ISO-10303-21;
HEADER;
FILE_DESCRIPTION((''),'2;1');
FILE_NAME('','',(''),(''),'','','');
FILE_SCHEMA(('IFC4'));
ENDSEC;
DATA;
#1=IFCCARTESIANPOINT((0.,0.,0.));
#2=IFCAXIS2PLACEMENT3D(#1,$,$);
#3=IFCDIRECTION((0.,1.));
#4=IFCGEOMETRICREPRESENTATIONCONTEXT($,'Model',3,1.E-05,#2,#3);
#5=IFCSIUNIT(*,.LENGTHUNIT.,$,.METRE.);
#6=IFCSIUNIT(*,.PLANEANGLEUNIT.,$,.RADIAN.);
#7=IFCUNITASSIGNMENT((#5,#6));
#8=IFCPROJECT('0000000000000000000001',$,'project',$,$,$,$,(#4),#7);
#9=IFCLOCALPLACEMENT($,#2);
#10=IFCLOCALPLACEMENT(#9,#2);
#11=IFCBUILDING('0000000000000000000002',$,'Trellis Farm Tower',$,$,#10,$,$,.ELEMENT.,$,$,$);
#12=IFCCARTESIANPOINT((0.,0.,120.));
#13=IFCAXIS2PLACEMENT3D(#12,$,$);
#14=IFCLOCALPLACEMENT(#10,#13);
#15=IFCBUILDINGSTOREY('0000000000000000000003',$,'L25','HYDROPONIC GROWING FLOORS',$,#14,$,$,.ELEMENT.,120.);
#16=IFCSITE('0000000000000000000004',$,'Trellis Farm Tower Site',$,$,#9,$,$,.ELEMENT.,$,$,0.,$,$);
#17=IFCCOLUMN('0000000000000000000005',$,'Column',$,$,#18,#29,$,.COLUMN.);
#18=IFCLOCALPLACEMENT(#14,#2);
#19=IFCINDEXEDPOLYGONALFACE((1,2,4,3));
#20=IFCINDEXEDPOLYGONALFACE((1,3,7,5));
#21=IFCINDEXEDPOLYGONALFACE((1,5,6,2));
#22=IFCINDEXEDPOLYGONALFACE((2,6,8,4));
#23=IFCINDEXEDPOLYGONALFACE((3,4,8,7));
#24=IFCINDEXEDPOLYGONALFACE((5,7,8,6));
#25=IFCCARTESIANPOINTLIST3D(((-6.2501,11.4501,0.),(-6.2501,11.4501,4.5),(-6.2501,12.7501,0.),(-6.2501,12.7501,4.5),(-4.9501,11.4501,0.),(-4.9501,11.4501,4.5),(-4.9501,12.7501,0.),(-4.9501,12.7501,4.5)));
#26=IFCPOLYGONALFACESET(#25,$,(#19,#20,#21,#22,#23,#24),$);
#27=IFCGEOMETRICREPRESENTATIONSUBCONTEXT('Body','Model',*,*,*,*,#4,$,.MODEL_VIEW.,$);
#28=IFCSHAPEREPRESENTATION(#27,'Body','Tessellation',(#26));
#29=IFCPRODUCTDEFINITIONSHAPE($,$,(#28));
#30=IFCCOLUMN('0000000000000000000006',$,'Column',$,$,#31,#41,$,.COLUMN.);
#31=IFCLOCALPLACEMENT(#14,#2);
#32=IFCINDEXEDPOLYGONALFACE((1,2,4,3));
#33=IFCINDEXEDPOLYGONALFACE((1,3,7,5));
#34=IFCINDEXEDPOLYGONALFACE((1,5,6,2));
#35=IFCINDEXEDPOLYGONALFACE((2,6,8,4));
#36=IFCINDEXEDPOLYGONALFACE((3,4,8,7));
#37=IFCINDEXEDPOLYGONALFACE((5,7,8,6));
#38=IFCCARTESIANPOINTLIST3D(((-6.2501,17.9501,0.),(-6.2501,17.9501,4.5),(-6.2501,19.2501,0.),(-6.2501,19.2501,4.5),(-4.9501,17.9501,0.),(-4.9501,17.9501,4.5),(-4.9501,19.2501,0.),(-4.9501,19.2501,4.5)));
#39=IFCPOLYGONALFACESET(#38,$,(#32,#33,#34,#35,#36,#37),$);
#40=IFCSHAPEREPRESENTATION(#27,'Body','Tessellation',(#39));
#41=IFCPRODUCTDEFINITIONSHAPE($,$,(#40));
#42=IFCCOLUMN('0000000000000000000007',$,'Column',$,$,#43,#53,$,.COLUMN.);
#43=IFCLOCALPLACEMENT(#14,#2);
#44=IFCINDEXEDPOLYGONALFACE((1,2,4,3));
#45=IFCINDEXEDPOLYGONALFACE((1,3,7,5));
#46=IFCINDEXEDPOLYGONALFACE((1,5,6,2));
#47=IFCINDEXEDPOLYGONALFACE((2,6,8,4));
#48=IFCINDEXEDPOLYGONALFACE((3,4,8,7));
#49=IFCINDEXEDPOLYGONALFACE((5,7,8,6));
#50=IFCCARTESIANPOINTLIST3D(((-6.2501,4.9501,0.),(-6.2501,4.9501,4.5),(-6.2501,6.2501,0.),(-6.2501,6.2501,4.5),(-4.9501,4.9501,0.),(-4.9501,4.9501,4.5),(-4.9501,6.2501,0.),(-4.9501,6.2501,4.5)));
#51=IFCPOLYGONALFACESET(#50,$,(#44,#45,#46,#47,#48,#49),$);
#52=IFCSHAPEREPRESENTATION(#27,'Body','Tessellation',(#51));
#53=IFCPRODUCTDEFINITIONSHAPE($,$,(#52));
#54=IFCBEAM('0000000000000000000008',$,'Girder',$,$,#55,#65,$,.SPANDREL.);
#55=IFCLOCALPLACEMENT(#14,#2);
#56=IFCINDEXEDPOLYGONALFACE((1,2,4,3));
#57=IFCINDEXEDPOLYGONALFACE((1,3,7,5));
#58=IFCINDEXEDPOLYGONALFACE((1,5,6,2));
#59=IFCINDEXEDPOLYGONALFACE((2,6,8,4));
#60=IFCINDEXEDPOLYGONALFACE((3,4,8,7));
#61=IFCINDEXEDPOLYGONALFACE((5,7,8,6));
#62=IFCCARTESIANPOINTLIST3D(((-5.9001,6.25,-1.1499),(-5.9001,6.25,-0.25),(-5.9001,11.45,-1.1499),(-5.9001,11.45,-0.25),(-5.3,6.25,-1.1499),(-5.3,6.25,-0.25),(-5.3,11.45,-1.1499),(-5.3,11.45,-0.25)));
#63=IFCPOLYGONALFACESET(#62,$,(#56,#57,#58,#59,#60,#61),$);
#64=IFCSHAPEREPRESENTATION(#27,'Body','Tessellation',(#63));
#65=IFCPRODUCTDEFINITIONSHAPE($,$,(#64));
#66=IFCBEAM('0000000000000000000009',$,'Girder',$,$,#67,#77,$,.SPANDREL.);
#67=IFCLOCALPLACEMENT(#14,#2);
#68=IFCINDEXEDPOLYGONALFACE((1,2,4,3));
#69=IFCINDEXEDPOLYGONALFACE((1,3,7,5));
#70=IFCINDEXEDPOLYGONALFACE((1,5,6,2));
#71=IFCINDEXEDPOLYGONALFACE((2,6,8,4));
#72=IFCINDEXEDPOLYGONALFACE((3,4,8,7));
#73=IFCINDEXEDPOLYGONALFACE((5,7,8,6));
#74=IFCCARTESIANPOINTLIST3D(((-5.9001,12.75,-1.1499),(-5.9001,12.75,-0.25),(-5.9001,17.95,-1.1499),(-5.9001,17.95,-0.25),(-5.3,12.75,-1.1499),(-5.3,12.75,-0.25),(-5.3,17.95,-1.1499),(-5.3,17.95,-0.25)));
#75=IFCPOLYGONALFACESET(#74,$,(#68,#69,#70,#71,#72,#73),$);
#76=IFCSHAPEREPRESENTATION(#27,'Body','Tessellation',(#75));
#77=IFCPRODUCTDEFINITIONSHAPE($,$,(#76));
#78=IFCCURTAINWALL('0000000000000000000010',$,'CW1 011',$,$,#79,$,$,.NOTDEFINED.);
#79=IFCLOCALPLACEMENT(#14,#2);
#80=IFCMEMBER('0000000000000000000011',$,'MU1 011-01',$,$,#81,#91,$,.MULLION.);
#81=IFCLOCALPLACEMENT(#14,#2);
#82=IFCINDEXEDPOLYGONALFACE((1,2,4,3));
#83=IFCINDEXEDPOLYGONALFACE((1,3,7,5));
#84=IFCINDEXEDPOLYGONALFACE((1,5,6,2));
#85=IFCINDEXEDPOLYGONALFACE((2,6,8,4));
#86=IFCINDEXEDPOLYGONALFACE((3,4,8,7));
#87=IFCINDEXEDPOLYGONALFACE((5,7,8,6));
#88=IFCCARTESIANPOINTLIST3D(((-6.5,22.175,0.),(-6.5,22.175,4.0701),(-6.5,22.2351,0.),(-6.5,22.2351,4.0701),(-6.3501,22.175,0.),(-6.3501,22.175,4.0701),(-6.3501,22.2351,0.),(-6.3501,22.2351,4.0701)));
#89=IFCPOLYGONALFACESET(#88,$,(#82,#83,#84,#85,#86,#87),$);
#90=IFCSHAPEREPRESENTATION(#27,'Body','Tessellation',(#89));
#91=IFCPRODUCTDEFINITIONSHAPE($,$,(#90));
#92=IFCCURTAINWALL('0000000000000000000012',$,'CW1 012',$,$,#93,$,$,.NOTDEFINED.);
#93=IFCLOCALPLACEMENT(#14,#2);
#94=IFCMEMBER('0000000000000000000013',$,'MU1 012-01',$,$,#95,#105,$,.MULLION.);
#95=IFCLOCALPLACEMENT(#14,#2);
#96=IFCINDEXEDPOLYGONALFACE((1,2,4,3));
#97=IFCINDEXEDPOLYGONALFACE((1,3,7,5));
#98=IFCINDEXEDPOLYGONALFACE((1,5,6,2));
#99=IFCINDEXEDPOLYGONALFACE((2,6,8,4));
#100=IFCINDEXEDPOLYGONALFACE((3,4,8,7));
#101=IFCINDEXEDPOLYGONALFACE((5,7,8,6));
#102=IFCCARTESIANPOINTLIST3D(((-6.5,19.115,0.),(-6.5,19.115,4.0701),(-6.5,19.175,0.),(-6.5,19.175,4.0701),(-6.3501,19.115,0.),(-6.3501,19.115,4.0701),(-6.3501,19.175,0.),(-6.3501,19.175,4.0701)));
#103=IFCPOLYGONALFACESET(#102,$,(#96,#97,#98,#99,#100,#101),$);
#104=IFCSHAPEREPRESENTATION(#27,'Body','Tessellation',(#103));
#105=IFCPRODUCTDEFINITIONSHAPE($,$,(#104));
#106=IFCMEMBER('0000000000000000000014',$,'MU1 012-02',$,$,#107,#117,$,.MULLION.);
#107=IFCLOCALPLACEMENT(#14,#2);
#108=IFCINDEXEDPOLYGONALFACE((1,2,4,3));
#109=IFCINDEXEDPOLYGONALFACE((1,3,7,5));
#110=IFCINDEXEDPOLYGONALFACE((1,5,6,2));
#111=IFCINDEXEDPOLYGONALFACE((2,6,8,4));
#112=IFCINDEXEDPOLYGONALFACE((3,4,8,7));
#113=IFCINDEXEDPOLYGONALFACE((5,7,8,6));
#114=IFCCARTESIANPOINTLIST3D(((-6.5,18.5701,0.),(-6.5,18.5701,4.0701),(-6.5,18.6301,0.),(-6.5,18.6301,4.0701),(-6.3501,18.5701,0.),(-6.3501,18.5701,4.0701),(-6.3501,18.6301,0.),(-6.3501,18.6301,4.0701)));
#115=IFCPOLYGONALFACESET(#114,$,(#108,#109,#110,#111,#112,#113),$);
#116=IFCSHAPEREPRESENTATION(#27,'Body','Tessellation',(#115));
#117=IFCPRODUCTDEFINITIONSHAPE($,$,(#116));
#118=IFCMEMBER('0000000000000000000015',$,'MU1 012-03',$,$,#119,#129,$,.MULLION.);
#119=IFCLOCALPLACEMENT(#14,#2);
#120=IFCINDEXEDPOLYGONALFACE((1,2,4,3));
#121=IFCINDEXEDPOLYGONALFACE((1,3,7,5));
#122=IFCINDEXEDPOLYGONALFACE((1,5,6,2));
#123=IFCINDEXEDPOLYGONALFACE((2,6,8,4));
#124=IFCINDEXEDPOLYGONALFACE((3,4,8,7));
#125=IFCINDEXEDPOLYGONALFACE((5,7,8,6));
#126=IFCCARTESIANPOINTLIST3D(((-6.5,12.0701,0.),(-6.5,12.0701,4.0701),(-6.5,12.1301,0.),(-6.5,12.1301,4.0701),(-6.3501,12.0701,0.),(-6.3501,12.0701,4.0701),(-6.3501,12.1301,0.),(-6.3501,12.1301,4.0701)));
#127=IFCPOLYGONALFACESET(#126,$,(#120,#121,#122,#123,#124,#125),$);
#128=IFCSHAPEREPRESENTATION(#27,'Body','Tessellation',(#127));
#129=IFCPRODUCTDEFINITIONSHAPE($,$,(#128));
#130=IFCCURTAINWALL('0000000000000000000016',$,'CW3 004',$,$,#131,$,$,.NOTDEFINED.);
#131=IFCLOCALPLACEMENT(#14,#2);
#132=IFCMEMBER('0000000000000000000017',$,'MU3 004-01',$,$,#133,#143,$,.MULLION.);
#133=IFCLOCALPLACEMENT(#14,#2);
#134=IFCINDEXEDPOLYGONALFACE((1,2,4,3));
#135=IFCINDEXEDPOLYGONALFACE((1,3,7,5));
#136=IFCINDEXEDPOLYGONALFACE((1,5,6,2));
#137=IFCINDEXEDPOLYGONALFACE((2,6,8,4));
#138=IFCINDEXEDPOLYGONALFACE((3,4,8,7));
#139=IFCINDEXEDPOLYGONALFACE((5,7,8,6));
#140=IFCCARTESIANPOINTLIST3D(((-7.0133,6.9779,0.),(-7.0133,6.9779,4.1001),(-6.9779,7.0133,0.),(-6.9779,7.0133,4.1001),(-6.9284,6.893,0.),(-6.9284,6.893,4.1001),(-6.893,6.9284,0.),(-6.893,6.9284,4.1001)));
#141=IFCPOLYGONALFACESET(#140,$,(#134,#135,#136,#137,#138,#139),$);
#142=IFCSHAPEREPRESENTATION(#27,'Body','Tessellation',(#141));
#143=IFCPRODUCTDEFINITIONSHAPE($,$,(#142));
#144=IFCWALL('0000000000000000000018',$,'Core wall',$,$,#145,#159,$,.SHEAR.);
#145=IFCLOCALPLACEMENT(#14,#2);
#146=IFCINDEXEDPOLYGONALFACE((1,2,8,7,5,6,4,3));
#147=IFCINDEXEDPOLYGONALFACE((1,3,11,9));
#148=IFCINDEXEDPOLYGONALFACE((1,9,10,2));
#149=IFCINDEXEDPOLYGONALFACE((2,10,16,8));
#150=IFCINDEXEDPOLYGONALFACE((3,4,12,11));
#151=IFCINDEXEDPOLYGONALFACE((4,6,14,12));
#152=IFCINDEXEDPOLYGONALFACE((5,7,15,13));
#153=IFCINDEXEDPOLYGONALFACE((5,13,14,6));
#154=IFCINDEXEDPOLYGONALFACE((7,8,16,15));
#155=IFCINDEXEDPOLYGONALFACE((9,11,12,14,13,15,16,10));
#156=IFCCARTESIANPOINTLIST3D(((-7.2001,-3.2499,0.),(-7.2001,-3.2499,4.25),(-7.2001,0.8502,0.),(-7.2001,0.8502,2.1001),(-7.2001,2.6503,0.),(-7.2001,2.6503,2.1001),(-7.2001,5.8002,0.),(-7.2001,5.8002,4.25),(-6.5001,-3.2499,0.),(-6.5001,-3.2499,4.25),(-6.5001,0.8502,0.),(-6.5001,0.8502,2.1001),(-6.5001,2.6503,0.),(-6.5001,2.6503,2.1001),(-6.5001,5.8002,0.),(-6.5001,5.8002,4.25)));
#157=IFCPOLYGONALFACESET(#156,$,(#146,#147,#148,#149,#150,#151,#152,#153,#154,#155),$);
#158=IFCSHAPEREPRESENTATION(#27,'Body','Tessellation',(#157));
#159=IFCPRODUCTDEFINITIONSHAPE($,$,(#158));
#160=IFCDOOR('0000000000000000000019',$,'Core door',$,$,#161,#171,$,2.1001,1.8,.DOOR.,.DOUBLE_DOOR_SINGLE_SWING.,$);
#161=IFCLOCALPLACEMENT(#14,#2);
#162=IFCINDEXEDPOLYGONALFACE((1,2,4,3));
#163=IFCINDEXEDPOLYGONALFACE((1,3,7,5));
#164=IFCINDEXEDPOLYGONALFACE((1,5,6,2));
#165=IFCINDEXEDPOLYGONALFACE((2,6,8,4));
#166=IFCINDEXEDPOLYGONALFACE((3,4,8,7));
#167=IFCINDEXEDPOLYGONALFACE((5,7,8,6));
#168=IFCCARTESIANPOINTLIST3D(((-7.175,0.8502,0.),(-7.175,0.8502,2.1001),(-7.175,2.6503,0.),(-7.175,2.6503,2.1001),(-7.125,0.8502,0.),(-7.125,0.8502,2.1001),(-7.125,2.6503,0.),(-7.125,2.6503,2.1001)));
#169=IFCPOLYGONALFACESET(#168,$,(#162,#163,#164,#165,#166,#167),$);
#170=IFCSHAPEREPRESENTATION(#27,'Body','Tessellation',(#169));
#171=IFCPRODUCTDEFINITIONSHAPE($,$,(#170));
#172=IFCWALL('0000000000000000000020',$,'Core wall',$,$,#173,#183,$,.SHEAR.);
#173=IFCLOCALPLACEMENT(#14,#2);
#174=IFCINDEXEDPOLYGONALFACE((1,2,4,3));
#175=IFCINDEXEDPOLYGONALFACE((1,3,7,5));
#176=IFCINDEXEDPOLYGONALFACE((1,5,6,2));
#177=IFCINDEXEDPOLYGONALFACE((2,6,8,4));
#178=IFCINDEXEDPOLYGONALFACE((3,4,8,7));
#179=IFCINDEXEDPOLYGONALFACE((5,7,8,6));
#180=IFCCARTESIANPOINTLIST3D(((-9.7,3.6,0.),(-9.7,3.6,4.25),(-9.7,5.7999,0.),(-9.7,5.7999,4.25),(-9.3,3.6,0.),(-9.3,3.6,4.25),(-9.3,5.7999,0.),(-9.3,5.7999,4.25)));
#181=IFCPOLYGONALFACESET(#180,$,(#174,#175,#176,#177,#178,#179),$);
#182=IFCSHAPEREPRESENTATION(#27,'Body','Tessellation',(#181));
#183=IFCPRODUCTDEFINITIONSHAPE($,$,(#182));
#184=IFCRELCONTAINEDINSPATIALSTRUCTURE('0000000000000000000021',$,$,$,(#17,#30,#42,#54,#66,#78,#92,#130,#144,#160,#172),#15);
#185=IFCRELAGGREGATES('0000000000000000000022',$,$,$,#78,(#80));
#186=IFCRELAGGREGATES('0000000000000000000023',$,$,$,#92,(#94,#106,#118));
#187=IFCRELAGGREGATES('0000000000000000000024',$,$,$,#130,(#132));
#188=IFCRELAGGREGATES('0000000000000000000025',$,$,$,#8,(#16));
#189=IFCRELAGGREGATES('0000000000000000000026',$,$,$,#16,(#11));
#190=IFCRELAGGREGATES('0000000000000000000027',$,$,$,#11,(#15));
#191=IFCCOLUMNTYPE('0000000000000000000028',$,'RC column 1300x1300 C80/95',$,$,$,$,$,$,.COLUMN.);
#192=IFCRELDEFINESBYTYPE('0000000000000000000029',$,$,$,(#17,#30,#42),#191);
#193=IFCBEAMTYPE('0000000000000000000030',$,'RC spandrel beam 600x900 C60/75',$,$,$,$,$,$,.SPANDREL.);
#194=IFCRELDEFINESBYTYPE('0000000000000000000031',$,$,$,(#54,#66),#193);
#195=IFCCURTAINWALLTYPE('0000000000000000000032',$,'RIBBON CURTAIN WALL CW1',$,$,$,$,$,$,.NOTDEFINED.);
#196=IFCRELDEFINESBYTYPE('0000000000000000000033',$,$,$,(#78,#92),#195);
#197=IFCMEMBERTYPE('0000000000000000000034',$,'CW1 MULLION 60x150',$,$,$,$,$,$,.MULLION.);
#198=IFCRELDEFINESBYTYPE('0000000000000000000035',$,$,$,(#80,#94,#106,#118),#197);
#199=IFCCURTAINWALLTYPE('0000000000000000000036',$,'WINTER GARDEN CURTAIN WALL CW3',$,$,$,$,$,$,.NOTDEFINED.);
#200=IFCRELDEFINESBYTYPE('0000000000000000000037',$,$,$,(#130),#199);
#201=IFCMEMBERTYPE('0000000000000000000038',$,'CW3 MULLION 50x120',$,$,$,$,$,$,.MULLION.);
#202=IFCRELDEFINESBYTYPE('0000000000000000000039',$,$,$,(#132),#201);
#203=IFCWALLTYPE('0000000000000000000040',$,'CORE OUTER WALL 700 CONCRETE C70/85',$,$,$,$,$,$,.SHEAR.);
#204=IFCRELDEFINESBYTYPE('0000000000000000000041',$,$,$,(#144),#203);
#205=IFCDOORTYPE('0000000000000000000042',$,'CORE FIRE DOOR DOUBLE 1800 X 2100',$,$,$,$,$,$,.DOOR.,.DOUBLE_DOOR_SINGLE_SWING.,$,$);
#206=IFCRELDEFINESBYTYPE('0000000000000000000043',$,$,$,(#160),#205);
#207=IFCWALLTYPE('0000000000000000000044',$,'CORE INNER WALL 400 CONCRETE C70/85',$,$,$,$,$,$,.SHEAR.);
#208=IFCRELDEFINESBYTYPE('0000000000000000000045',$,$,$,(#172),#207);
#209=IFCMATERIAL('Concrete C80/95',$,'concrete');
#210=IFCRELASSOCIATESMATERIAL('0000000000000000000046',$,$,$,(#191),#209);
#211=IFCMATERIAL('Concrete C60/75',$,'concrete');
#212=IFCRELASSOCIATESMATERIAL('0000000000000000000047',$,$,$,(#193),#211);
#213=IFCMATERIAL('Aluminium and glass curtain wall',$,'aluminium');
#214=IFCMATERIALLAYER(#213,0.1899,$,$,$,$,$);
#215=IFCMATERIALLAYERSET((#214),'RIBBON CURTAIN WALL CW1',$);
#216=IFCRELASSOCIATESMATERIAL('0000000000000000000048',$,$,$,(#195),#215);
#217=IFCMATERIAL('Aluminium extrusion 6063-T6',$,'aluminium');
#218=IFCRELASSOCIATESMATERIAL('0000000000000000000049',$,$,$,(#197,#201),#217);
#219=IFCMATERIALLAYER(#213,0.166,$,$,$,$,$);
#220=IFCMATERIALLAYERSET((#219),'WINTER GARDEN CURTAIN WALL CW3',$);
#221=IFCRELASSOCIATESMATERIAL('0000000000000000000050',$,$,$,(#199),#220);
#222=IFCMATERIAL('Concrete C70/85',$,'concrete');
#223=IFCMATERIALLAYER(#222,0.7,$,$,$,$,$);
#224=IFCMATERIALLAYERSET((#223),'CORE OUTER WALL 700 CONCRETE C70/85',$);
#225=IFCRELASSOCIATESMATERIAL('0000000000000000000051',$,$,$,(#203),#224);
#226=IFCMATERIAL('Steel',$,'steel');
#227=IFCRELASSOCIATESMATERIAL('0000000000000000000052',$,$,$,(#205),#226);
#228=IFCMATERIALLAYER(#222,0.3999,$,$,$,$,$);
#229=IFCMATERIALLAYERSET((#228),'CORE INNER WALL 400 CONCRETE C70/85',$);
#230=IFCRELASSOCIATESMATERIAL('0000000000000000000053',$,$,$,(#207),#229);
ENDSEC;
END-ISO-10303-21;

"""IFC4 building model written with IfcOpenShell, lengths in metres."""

from ifc_helpers import new_model, si_unit, direction, frame, frame_2d, origin, origin_2d, place, context, subcontext, project, spatial, rectangle, extrude, source, transform, mapped, material, layer, layer_set, material_profile, profile_set, type_object, element, fill, aggregate, save


model = new_model("IFC4")

# Units and contexts
model_context = context("Model", 3, precision=1e-05, world=origin(), true_north=direction((0.0, 1.0)))
body_context = subcontext(model_context, "Body", "Model", "MODEL_VIEW")
ifc_project = project(units=[si_unit("LENGTHUNIT", "METRE"), si_unit("PLANEANGLEUNIT", "RADIAN")], contexts=[model_context])

# Site, building, storey
site_placement = place(None, origin())
site = spatial("IfcSite", under=ifc_project, at=site_placement, Name="Trellis Farm Tower Site", CompositionType="ELEMENT", RefElevation=0.0)
building_placement = place(site_placement, origin())
building = spatial("IfcBuilding", under=site, at=building_placement, Name="Trellis Farm Tower", CompositionType="ELEMENT")
storey_placement = place(building_placement, frame((0.0, 0.0, 120.0)))
storey = spatial("IfcBuildingStorey", under=building, at=storey_placement, Name="L25", Description="HYDROPONIC GROWING FLOORS", CompositionType="ELEMENT", Elevation=120.0)

# Columns
ifc_material_1 = material(Name="Concrete C80/95", Category="concrete")
ifc_material_profile_1 = material_profile(ifc_material_1, rectangle(XDim=1.3, YDim=1.3, at=origin_2d()), Name="RC column 1300x1300 C80/95")
ifc_profile_set_1 = profile_set([ifc_material_profile_1], Name="Concrete C80/95")
column_type = type_object("IfcColumnType", Name="RC column 1300x1300 C80/95", PredefinedType="COLUMN", material=ifc_profile_set_1)
shared_shape_1 = source(origin(), body_context, "Body", "SweptSolid", [
    extrude(rectangle(XDim=1.3, YDim=1.3, at=origin_2d()), origin(), (0.0, 0.0, 1.0), 4.5),
])
for number, where, z_axis, x_axis, name in (
    (1, (-5.6001, 12.1001, 0.0), (0.0, 0.0, 1.0), (1.0, 0.0, 0.0), "Column"),
    (2, (-5.6001, 18.6001, 0.0), (0.0, 0.0, 1.0), (1.0, 0.0, 0.0), "Column"),
    (3, (-5.6001, 5.6001, 0.0), (0.0, 0.0, 1.0), (1.0, 0.0, 0.0), "Column"),
):
    element("IfcColumn", number, at=place(storey_placement, frame(where, z_axis=z_axis, x_axis=x_axis)), inside=storey, type_object=column_type, Name=name, PredefinedType="COLUMN", context=body_context, shape_type="MappedRepresentation", body=[
        mapped(shared_shape_1, transform((0.0, 0.0, 0.0))),
    ])

# Beams
ifc_material_2 = material(Name="Concrete C60/75", Category="concrete")
ifc_material_profile_2 = material_profile(ifc_material_2, rectangle(XDim=0.6001, YDim=0.8999, at=origin_2d()), Name="RC spandrel beam 600x900 C60/75")
ifc_profile_set_2 = profile_set([ifc_material_profile_2], Name="Concrete C60/75")
beam_type = type_object("IfcBeamType", Name="RC spandrel beam 600x900 C60/75", PredefinedType="SPANDREL", material=ifc_profile_set_2)
shared_shape_2 = source(origin(), body_context, "Body", "SweptSolid", [
    extrude(rectangle(XDim=0.6001, YDim=0.8999, at=origin_2d()), origin(), (0.0, 0.0, 1.0), 5.2),
])
for number, where, z_axis, x_axis, name in (
    (4, (-5.6001, 6.25, -0.7), (0.0, 1.0, 0.0), (-1.0, 0.0, 0.0), "Girder"),
    (5, (-5.6001, 12.75, -0.7), (0.0, 1.0, 0.0), (-1.0, 0.0, 0.0), "Girder"),
):
    element("IfcBeam", number, at=place(storey_placement, frame(where, z_axis=z_axis, x_axis=x_axis)), inside=storey, type_object=beam_type, Name=name, PredefinedType="SPANDREL", context=body_context, shape_type="MappedRepresentation", body=[
        mapped(shared_shape_2, transform((0.0, 0.0, 0.0))),
    ])

# Curtain wall, member
ifc_material_3 = material(Name="Aluminium and glass curtain wall", Category="aluminium")
ifc_layer_1 = layer(ifc_material_3, 0.1899)
ifc_layer_set_1 = layer_set([ifc_layer_1], Name="RIBBON CURTAIN WALL CW1")
curtain_wall_type_1 = type_object("IfcCurtainWallType", Name="RIBBON CURTAIN WALL CW1", PredefinedType="NOTDEFINED", material=ifc_layer_set_1)
placement = place(storey_placement, origin())
curtain_wall_1 = element("IfcCurtainWall", 6, at=placement, inside=storey, type_object=curtain_wall_type_1, Name="CW1 011", PredefinedType="NOTDEFINED")
ifc_material_4 = material(Name="Aluminium extrusion 6063-T6", Category="aluminium")
ifc_material_profile_3 = material_profile(ifc_material_4, rectangle(XDim=0.0601, YDim=0.1499, at=origin_2d()), Name="MULLION 60x150")
ifc_profile_set_3 = profile_set([ifc_material_profile_3], Name="Aluminium extrusion 6063-T6")
member_type_1 = type_object("IfcMemberType", Name="CW1 MULLION 60x150", PredefinedType="MULLION", material=ifc_profile_set_3)
shared_shape_3 = source(origin(), body_context, "Body", "SweptSolid", [
    extrude(rectangle(XDim=0.0601, YDim=0.1499, at=origin_2d()), origin(), (0.0, 0.0, 1.0), 4.0701),
])
member_1_placement = place(storey_placement, frame((-6.425, 22.2051, 0.0), z_axis=(0.0, 0.0, 1.0), x_axis=(0.0, -1.0, 0.0)))
member_1 = element("IfcMember", 7, at=member_1_placement, type_object=member_type_1, Name="MU1 011-01", PredefinedType="MULLION", context=body_context, shape_type="MappedRepresentation", body=[
    mapped(shared_shape_3, transform((0.0, 0.0, 0.0))),
])
aggregate(curtain_wall_1, [member_1])

# Curtain wall, members
curtain_wall_2 = element("IfcCurtainWall", 8, at=placement, inside=storey, type_object=curtain_wall_type_1, Name="CW1 012", PredefinedType="NOTDEFINED")
member_2_placement = place(storey_placement, frame((-6.425, 19.145, 0.0), z_axis=(0.0, 0.0, 1.0), x_axis=(0.0, -1.0, 0.0)))
member_2 = element("IfcMember", 9, at=member_2_placement, type_object=member_type_1, Name="MU1 012-01", PredefinedType="MULLION", context=body_context, shape_type="MappedRepresentation", body=[
    mapped(shared_shape_3, transform((0.0, 0.0, 0.0))),
])
member_3_placement = place(storey_placement, frame((-6.425, 18.6001, 0.0), z_axis=(0.0, 0.0, 1.0), x_axis=(0.0, -1.0, 0.0)))
member_3 = element("IfcMember", 10, at=member_3_placement, type_object=member_type_1, Name="MU1 012-02", PredefinedType="MULLION", context=body_context, shape_type="MappedRepresentation", body=[
    mapped(shared_shape_3, transform((0.0, 0.0, 0.0))),
])
member_4_placement = place(storey_placement, frame((-6.425, 12.1001, 0.0), z_axis=(0.0, 0.0, 1.0), x_axis=(0.0, -1.0, 0.0)))
member_4 = element("IfcMember", 11, at=member_4_placement, type_object=member_type_1, Name="MU1 012-03", PredefinedType="MULLION", context=body_context, shape_type="MappedRepresentation", body=[
    mapped(shared_shape_3, transform((0.0, 0.0, 0.0))),
])
aggregate(curtain_wall_2, [member_2, member_3, member_4])

# Curtain wall, member
ifc_layer_2 = layer(ifc_material_3, 0.166)
ifc_layer_set_2 = layer_set([ifc_layer_2], Name="WINTER GARDEN CURTAIN WALL CW3")
curtain_wall_type_2 = type_object("IfcCurtainWallType", Name="WINTER GARDEN CURTAIN WALL CW3", PredefinedType="NOTDEFINED", material=ifc_layer_set_2)
curtain_wall_3 = element("IfcCurtainWall", 12, at=placement, inside=storey, type_object=curtain_wall_type_2, Name="CW3 004", PredefinedType="NOTDEFINED")
ifc_material_profile_4 = material_profile(ifc_material_4, rectangle(XDim=0.05, YDim=0.1201, at=origin_2d()), Name="MULLION 50x120")
ifc_profile_set_4 = profile_set([ifc_material_profile_4], Name="Aluminium extrusion 6063-T6")
member_type_2 = type_object("IfcMemberType", Name="CW3 MULLION 50x120", PredefinedType="MULLION", material=ifc_profile_set_4)
shared_shape_4 = source(origin(), body_context, "Body", "SweptSolid", [
    extrude(rectangle(XDim=0.05, YDim=0.1201, at=origin_2d()), origin(), (0.0, 0.0, 1.0), 4.1001),
])
member_5_placement = place(storey_placement, frame((-6.9531, 6.9531, 0.0), z_axis=(0.0, 0.0, 1.0), x_axis=(-0.707107, -0.707107, 0.0)))
member_5 = element("IfcMember", 13, at=member_5_placement, type_object=member_type_2, Name="MU3 004-01", PredefinedType="MULLION", context=body_context, shape_type="MappedRepresentation", body=[
    mapped(shared_shape_4, transform((0.0, 0.0, 0.0))),
])
aggregate(curtain_wall_3, [member_5])

# Wall, opening, door
ifc_material_5 = material(Name="Concrete C70/85", Category="concrete")
ifc_layer_3 = layer(ifc_material_5, 0.7)
ifc_layer_set_3 = layer_set([ifc_layer_3], Name="CORE OUTER WALL 700 CONCRETE C70/85")
wall_type_1 = type_object("IfcWallType", Name="CORE OUTER WALL 700 CONCRETE C70/85", PredefinedType="SHEAR", material=ifc_layer_set_3)
shared_shape_5 = source(origin(), body_context, "Body", "SweptSolid", [
    extrude(rectangle(XDim=9.05, YDim=0.7, at=frame_2d((4.5249, 0.0))), origin(), (0.0, 0.0, 1.0), 4.25),
])
wall_1_placement = place(storey_placement, frame((-6.8501, 5.8, 0.0), z_axis=(0.0, 0.0, 1.0), x_axis=(0.0, -1.0, 0.0)))
wall_1 = element("IfcWall", 14, at=wall_1_placement, inside=storey, type_object=wall_type_1, Name="Core wall", PredefinedType="SHEAR", context=body_context, shape_type="MappedRepresentation", body=[
    mapped(shared_shape_5, transform((0.0, 0.0, 0.0))),
])
shared_shape_6 = source(origin(), body_context, "Body", "SweptSolid", [
    extrude(rectangle(XDim=1.8, YDim=2.1001, at=frame_2d((0.8999, 1.05))), frame((0.0, 0.3601, 0.0), z_axis=(0.0, -1.0, 0.0), x_axis=(1.0, 0.0, 0.0)), (0.0, 0.0, 1.0), 0.7202),
])
opening_1_placement = place(wall_1_placement, frame((3.1499, 0.0, 0.0)))
opening_1 = element("IfcOpeningElement", 15, at=opening_1_placement, cuts=wall_1, PredefinedType="OPENING", context=body_context, shape_type="MappedRepresentation", body=[
    mapped(shared_shape_6, transform((0.0, 0.0, 0.0))),
])
ifc_material_6 = material(Name="Steel", Category="steel")
door_type_1 = type_object("IfcDoorType", Name="CORE FIRE DOOR DOUBLE 1800 X 2100", OperationType="DOUBLE_DOOR_SINGLE_SWING", PredefinedType="DOOR", material=ifc_material_6)
shared_shape_7 = source(origin(), body_context, "Body", "SweptSolid", [
    extrude(rectangle(XDim=1.8, YDim=2.1001, at=frame_2d((0.8999, 1.05))), frame((0.0, -0.2749, 0.0), z_axis=(0.0, -1.0, 0.0), x_axis=(1.0, 0.0, 0.0)), (0.0, 0.0, 1.0), 0.05),
])
door_1_placement = place(opening_1_placement, origin())
door_1 = element("IfcDoor", 16, at=door_1_placement, inside=storey, type_object=door_type_1, Name="Core door", OperationType="DOUBLE_DOOR_SINGLE_SWING", OverallHeight=2.1001, OverallWidth=1.8, PredefinedType="DOOR", context=body_context, shape_type="MappedRepresentation", body=[
    mapped(shared_shape_7, transform((0.0, 0.0, 0.0))),
])
fill(opening_1, door_1)

# Wall
ifc_layer_4 = layer(ifc_material_5, 0.3999)
ifc_layer_set_4 = layer_set([ifc_layer_4], Name="CORE INNER WALL 400 CONCRETE C70/85")
wall_type_2 = type_object("IfcWallType", Name="CORE INNER WALL 400 CONCRETE C70/85", PredefinedType="SHEAR", material=ifc_layer_set_4)
shared_shape_8 = source(origin(), body_context, "Body", "SweptSolid", [
    extrude(rectangle(XDim=2.2, YDim=0.3999, at=frame_2d((1.1001, 0.0))), origin(), (0.0, 0.0, 1.0), 4.25),
])
wall_2_placement = place(storey_placement, frame((-9.5, 5.8, 0.0), z_axis=(0.0, 0.0, 1.0), x_axis=(0.0, -1.0, 0.0)))
element("IfcWall", 17, at=wall_2_placement, inside=storey, type_object=wall_type_2, Name="Core wall", PredefinedType="SHEAR", context=body_context, shape_type="MappedRepresentation", body=[
    mapped(shared_shape_8, transform((0.0, 0.0, 0.0))),
])

save(model, "model.ifc")
